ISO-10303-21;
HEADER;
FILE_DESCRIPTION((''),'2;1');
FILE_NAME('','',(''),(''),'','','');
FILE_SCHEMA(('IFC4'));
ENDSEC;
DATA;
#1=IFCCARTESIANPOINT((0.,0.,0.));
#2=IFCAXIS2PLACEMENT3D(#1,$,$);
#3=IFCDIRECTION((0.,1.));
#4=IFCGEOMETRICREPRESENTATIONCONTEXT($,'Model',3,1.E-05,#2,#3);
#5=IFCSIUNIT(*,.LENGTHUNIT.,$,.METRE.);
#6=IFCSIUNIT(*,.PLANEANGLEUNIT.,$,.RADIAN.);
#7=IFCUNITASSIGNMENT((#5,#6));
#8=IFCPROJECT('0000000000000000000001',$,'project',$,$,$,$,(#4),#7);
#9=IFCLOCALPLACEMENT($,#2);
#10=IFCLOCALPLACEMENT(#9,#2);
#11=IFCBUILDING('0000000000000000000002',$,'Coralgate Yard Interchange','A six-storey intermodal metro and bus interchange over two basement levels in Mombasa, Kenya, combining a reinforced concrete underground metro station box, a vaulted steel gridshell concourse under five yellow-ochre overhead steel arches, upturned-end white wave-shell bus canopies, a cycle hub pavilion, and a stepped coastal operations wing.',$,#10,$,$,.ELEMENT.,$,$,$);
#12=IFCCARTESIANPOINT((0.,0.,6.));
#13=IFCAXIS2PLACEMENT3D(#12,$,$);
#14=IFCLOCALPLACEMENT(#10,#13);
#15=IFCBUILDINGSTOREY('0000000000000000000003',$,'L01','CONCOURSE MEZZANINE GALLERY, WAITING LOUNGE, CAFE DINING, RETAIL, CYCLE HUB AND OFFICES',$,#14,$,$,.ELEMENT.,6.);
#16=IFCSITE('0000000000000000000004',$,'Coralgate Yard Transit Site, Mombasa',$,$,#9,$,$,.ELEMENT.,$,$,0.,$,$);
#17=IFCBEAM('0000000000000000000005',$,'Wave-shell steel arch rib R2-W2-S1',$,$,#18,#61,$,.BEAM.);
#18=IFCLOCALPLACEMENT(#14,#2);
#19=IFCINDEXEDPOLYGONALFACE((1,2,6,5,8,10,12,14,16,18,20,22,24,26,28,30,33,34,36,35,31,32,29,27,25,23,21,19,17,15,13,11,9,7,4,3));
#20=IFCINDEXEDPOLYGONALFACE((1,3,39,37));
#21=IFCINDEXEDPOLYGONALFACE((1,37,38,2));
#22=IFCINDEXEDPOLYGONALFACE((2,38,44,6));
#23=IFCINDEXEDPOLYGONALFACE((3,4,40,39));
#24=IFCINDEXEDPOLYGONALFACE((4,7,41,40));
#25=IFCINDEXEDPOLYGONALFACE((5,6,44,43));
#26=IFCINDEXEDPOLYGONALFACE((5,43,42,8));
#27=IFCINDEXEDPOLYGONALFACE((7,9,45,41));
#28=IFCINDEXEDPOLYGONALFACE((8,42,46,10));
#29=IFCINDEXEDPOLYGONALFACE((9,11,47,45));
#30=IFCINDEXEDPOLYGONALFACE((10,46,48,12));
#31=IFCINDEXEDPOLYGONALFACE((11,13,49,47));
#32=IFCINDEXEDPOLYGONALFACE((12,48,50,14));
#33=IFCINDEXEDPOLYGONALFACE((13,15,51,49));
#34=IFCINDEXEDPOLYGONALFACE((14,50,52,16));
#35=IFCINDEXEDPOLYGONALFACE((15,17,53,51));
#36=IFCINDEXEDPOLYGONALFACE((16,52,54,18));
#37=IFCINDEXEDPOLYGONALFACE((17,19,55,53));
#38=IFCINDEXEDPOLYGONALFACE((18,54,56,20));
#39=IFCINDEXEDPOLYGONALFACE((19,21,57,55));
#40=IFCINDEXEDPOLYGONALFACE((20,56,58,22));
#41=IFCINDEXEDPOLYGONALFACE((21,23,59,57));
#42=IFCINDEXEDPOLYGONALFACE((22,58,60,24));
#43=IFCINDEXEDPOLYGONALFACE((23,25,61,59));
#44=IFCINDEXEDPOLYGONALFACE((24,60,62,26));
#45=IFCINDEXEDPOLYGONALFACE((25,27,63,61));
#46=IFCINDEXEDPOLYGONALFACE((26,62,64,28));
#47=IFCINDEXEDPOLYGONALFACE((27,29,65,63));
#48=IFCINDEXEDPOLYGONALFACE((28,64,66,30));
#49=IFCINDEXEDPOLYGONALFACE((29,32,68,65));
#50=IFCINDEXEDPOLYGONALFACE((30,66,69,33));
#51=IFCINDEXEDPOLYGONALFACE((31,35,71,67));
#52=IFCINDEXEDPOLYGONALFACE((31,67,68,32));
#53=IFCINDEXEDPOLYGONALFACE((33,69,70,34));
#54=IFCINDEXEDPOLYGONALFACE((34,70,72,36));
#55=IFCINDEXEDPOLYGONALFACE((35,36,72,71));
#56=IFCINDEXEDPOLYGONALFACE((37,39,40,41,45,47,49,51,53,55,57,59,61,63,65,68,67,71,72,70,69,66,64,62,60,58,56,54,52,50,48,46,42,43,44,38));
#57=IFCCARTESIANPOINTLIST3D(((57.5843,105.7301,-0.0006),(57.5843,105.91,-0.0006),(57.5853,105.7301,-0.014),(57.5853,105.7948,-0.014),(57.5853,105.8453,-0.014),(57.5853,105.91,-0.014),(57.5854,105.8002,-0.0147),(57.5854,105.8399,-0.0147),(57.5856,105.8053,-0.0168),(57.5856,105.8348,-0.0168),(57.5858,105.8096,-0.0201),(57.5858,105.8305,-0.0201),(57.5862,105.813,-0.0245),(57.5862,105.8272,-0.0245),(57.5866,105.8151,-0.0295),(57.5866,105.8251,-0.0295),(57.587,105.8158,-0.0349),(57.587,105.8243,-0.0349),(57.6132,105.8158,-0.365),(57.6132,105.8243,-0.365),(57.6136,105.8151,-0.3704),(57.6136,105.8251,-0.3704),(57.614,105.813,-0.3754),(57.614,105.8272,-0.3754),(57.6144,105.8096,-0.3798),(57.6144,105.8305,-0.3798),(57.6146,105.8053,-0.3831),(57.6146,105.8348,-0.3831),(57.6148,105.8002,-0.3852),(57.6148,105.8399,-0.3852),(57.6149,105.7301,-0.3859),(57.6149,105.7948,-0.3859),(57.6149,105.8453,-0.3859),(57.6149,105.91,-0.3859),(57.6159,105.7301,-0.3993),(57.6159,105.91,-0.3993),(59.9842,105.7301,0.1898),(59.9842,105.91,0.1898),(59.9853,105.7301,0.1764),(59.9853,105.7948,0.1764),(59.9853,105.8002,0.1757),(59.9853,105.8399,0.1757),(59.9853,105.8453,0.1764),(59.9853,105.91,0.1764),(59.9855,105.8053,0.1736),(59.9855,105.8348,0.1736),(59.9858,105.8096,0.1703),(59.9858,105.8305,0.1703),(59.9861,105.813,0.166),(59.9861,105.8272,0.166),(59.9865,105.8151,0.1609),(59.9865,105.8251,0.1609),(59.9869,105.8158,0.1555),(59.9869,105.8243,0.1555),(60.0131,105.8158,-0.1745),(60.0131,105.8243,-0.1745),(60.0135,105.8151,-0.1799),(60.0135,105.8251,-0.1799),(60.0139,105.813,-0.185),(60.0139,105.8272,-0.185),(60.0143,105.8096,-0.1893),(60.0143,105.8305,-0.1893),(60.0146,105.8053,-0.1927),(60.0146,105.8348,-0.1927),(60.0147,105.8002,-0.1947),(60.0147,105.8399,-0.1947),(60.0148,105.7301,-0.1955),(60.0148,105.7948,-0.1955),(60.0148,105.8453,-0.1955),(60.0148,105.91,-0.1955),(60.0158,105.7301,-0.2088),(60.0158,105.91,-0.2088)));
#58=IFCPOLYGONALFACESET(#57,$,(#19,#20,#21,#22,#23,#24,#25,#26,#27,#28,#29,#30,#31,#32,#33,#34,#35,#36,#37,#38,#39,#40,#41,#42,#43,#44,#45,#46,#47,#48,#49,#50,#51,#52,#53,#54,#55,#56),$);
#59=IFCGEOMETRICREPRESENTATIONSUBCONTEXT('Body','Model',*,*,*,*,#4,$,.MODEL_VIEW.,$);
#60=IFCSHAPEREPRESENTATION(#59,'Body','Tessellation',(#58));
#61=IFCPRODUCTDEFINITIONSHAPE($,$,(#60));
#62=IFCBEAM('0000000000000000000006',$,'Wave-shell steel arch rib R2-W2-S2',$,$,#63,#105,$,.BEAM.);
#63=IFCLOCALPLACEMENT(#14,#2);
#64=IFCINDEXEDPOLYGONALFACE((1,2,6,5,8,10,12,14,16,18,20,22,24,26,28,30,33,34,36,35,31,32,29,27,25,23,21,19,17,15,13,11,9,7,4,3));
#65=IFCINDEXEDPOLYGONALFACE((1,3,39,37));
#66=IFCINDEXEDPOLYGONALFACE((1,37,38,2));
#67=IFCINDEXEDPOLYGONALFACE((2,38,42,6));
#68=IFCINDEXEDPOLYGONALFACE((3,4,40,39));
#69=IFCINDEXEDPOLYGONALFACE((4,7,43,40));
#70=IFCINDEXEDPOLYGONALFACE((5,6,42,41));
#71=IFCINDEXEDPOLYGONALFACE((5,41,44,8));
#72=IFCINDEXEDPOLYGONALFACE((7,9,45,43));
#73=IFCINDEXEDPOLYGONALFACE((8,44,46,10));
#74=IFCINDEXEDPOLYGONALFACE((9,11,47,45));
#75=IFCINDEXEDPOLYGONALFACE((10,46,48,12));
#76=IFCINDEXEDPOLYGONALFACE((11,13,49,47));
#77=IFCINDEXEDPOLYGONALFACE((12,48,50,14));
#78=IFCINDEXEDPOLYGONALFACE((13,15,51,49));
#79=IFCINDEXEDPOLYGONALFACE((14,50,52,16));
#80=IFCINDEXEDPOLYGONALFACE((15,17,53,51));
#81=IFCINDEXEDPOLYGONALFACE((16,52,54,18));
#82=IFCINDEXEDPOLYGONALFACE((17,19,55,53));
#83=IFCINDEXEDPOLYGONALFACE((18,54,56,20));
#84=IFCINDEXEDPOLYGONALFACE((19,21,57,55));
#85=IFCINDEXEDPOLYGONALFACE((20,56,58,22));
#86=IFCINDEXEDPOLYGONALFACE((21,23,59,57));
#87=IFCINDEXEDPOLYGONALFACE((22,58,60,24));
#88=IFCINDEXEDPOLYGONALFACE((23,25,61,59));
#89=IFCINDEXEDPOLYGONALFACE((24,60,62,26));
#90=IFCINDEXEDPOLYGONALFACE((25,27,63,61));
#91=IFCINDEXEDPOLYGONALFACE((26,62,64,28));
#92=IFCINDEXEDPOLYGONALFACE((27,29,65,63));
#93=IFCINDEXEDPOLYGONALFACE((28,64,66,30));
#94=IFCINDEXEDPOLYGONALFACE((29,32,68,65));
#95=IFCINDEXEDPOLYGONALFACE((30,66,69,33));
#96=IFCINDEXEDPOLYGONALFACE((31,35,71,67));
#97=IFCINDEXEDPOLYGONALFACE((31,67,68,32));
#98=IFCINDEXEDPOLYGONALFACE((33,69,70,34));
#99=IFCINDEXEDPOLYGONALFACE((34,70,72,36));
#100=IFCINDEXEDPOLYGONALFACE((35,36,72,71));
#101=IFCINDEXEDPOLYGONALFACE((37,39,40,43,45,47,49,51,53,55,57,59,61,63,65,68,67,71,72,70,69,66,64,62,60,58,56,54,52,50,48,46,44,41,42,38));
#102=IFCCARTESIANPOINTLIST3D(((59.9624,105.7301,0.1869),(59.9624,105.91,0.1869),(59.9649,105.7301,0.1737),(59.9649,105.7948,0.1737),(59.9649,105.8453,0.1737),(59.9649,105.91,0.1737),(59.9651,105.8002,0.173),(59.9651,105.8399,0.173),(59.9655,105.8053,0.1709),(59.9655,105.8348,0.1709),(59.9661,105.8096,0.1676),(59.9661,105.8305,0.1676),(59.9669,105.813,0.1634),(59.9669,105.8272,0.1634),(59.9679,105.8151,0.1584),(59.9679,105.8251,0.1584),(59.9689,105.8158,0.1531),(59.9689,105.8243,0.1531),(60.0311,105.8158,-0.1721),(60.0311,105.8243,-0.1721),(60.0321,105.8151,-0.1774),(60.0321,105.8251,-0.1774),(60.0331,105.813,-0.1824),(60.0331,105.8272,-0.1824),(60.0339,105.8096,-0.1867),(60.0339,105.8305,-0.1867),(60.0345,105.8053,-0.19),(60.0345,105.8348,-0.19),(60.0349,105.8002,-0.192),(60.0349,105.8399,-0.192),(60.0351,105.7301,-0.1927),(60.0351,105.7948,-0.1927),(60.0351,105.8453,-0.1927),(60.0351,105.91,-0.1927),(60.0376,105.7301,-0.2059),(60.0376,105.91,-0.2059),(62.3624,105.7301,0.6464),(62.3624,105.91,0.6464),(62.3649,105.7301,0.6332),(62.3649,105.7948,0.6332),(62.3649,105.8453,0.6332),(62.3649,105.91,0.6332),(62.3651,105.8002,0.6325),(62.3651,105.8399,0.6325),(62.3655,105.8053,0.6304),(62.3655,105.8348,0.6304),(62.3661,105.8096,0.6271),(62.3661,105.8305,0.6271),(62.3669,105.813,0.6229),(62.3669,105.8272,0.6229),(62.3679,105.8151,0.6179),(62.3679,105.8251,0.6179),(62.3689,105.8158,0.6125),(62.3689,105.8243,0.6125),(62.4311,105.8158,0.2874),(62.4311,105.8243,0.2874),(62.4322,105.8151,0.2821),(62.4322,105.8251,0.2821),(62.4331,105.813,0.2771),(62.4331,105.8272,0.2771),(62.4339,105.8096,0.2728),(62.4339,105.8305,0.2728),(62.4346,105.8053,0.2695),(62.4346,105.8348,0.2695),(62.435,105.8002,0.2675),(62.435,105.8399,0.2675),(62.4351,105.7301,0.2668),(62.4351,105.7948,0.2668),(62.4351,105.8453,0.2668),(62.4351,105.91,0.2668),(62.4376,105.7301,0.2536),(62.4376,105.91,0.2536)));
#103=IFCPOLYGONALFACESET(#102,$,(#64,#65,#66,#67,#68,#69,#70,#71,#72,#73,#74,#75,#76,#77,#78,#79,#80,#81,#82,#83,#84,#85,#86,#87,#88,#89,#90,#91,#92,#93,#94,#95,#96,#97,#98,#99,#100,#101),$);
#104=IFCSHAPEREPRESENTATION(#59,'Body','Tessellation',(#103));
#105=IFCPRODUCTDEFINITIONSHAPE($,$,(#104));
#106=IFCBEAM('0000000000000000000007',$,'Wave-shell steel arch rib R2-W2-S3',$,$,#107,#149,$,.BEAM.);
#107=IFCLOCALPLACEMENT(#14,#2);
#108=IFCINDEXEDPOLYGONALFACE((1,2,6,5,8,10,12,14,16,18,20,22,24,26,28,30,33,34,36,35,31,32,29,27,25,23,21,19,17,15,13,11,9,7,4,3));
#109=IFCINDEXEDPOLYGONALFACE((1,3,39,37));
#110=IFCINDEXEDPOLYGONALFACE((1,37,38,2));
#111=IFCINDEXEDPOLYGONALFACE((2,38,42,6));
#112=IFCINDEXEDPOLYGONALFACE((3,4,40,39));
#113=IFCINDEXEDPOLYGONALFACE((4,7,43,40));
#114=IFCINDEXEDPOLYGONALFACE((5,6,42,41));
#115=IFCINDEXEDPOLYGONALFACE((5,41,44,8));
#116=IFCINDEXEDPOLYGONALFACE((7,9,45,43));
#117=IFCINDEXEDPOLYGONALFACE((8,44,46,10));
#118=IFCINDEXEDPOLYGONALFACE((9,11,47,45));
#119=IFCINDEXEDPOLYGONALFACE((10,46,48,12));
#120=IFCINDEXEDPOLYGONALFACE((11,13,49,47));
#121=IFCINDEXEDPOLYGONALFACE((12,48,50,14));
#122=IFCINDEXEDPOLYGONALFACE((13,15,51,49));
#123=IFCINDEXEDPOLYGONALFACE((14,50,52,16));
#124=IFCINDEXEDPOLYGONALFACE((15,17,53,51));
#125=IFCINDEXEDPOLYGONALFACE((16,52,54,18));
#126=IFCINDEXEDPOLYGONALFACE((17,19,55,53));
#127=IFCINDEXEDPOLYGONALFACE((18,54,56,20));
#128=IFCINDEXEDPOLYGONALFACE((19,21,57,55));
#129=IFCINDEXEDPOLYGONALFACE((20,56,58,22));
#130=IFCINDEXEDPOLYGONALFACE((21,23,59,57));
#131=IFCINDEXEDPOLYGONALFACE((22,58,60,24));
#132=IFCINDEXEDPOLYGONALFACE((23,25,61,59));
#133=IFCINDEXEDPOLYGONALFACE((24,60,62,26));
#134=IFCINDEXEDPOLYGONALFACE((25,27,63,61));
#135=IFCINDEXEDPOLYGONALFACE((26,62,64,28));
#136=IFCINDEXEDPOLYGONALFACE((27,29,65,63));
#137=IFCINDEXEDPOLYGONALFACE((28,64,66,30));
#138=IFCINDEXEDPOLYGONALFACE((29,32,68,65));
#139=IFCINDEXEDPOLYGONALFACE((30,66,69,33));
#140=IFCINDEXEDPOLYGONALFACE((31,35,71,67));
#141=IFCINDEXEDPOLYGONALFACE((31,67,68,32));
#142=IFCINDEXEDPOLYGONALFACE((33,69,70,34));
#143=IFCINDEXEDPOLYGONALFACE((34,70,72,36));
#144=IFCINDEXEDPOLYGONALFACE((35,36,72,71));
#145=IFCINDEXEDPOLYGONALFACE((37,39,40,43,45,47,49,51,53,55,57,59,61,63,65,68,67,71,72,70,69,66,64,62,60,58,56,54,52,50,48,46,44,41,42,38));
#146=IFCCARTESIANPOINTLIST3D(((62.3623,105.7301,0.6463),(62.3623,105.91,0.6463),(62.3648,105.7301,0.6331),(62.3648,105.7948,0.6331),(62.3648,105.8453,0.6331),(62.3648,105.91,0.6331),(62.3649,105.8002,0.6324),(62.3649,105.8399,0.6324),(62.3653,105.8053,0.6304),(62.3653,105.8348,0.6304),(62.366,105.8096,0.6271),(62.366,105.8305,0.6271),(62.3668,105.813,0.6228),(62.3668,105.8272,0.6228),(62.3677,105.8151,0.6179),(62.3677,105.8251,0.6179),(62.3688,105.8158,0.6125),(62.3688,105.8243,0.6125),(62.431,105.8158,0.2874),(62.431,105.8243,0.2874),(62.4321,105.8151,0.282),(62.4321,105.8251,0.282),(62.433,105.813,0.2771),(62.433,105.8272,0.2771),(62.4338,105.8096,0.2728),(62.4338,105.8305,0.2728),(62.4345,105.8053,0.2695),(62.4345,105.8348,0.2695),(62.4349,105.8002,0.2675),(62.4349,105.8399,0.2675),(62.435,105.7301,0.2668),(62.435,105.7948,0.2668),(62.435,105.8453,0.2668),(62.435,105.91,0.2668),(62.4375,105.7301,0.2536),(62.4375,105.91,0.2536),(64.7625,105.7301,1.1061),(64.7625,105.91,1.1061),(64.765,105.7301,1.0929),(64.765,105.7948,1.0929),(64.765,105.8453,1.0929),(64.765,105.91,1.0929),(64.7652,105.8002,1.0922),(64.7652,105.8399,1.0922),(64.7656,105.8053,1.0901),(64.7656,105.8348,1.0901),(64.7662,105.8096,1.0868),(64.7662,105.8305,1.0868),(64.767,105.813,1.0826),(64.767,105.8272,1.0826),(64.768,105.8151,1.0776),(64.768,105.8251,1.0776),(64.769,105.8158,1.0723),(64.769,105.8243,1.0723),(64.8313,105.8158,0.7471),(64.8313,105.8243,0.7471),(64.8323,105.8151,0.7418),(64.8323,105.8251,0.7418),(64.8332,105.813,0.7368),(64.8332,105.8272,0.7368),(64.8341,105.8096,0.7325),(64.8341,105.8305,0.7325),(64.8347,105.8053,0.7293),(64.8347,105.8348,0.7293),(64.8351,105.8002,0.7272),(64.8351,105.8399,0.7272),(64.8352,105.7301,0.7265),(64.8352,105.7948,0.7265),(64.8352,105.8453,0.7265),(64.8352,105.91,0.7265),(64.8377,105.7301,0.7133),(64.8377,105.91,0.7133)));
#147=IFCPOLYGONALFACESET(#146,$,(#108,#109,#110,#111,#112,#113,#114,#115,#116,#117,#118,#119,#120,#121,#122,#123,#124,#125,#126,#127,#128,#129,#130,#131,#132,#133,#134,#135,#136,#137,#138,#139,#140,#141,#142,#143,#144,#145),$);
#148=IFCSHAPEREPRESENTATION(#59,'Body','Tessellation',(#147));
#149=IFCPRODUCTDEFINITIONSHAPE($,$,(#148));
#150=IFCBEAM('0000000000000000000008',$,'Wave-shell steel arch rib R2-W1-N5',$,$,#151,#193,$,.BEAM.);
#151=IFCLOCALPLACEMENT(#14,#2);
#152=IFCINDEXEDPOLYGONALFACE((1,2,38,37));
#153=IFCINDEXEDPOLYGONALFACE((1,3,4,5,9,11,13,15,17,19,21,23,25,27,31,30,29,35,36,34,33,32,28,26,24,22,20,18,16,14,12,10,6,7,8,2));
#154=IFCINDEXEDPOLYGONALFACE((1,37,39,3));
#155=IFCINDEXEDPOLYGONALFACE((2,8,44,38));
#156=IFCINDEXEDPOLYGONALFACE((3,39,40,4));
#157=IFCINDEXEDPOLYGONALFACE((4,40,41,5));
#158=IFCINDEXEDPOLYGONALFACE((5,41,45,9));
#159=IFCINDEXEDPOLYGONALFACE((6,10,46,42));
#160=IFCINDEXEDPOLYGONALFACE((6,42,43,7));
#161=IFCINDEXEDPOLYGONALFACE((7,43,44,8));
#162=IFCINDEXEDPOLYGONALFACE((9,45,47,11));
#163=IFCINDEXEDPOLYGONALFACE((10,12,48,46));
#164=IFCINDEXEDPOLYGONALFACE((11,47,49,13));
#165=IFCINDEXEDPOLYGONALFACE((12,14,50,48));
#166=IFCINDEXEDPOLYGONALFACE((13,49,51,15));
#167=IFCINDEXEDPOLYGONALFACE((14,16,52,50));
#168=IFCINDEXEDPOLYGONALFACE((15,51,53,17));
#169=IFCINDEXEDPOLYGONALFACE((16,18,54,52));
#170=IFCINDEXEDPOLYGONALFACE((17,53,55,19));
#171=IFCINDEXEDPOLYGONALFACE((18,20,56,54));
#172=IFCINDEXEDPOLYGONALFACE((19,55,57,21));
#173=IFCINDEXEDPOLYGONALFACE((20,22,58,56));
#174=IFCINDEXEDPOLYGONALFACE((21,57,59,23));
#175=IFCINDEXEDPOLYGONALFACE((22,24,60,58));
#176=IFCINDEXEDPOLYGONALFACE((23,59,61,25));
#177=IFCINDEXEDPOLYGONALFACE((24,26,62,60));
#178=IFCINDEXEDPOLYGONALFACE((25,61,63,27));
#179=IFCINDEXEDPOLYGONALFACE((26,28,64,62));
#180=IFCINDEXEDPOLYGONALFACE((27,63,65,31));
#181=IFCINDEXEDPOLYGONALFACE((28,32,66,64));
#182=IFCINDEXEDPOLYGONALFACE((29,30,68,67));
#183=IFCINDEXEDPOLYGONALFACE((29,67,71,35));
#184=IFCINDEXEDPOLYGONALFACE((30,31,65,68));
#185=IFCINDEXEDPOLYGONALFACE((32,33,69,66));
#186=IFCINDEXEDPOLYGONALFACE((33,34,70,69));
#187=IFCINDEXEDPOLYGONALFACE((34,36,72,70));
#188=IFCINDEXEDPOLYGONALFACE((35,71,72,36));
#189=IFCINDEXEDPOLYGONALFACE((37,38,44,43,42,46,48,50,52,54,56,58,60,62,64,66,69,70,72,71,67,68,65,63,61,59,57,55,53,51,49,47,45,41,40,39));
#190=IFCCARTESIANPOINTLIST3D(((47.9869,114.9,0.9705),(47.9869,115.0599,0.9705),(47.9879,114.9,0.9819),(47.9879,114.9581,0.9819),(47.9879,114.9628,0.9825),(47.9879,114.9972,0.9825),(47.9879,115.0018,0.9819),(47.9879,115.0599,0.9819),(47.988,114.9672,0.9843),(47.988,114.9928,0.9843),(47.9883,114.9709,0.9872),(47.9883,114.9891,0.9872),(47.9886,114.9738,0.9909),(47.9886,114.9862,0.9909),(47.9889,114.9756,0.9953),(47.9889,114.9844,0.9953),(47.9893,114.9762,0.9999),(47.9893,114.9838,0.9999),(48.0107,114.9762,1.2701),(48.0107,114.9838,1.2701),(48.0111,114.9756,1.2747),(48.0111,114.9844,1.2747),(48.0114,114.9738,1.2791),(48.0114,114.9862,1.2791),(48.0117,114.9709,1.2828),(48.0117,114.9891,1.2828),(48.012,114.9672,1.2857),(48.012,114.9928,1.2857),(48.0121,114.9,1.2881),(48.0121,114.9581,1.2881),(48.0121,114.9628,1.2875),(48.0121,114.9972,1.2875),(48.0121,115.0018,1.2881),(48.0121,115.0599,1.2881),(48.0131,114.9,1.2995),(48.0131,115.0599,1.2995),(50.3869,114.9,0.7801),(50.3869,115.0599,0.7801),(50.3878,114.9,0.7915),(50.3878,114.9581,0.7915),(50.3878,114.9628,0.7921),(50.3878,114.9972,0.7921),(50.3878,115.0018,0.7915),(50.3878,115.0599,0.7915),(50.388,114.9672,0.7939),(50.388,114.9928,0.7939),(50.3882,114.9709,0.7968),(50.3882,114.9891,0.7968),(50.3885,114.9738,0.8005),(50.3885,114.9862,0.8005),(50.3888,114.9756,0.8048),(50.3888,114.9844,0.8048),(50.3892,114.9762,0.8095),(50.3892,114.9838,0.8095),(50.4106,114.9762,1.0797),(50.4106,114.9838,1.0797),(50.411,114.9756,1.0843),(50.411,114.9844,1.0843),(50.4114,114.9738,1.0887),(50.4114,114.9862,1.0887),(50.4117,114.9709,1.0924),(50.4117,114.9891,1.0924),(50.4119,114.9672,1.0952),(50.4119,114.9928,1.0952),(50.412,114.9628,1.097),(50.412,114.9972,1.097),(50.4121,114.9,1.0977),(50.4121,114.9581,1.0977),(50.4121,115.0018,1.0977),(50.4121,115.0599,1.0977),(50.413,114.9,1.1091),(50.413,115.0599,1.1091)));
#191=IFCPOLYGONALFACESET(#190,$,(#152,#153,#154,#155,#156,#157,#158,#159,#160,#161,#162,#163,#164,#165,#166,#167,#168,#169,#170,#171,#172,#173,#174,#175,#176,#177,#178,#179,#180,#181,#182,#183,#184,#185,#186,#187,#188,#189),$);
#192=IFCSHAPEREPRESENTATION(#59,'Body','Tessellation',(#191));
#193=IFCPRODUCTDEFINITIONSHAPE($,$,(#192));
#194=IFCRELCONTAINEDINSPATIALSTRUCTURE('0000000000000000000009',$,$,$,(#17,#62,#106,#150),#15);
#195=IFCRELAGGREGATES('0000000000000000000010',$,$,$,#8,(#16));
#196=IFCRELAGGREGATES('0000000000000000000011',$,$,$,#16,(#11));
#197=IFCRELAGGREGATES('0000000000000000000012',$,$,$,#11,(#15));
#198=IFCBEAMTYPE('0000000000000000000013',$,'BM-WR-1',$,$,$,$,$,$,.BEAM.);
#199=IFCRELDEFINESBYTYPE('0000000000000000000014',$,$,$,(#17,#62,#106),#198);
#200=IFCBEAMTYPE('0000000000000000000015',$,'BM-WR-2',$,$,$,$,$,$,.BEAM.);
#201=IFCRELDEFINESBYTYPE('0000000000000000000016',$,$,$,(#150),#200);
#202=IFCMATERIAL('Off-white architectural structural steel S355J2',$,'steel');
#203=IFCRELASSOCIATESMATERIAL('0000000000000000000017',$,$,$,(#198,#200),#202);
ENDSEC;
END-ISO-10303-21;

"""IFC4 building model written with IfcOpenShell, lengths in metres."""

from ifc_helpers import new_model, si_unit, direction, frame, origin, origin_2d, place, context, subcontext, project, spatial, i_section, extrude, material, material_profile, profile_set, type_object, element, save


model = new_model("IFC4")

# Units and contexts
model_context = context("Model", 3, precision=1e-05, world=origin(), true_north=direction((0.0, 1.0)))
body_context = subcontext(model_context, "Body", "Model", "MODEL_VIEW")
ifc_project = project(units=[si_unit("LENGTHUNIT", "METRE"), si_unit("PLANEANGLEUNIT", "RADIAN")], contexts=[model_context])

# Site, building, storey
site_placement = place(None, origin())
site = spatial("IfcSite", under=ifc_project, at=site_placement, Name="Coralgate Yard Transit Site, Mombasa", CompositionType="ELEMENT", RefElevation=0.0)
building_placement = place(site_placement, origin())
building = spatial("IfcBuilding", under=site, at=building_placement, Name="Coralgate Yard Interchange", Description="A six-storey intermodal metro and bus interchange over two basement levels in Mombasa, Kenya, combining a reinforced concrete underground metro station box, a vaulted steel gridshell concourse under five yellow-ochre overhead steel arches, upturned-end white wave-shell bus canopies, a cycle hub pavilion, and a stepped coastal operations wing.", CompositionType="ELEMENT")
storey_placement = place(building_placement, frame((0.0, 0.0, 6.0)))
storey = spatial("IfcBuildingStorey", under=building, at=storey_placement, Name="L01", Description="CONCOURSE MEZZANINE GALLERY, WAITING LOUNGE, CAFE DINING, RETAIL, CYCLE HUB AND OFFICES", CompositionType="ELEMENT", Elevation=6.0)

# Beams
ifc_material_1 = material(Name="Off-white architectural structural steel S355J2", Category="steel")
ifc_material_profile_1 = material_profile(ifc_material_1, i_section(OverallWidth=0.1799, OverallDepth=0.3999, WebThickness=0.0085, FlangeThickness=0.0134, FilletRadius=0.021, at=origin_2d()), Name="IPE 400")
ifc_profile_set_1 = profile_set([ifc_material_profile_1], Name="Off-white architectural structural steel S355J2")
beam_type_1 = type_object("IfcBeamType", Name="BM-WR-1", PredefinedType="BEAM", material=ifc_profile_set_1)
beam_1_placement = place(storey_placement, frame((57.6001, 105.8201, -0.2), z_axis=(0.996867, 0.0, 0.0791), x_axis=(0.0, 1.0, 0.0)))
element("IfcBeam", 1, at=beam_1_placement, inside=storey, type_object=beam_type_1, Name="Wave-shell steel arch rib R2-W2-S1", PredefinedType="BEAM", context=body_context, shape_type="SweptSolid", body=[
    extrude(i_section(OverallWidth=0.1799, OverallDepth=0.3999, WebThickness=0.0085, FlangeThickness=0.0134, FilletRadius=0.021, at=origin_2d()), origin(), (0.0, 0.0, 1.0), 2.4075),
])
beam_2_placement = place(storey_placement, frame((60.0, 105.8201, -0.0095), z_axis=(0.982161, 0.0, 0.188039), x_axis=(0.0, 1.0, 0.0)))
element("IfcBeam", 2, at=beam_2_placement, inside=storey, type_object=beam_type_1, Name="Wave-shell steel arch rib R2-W2-S2", PredefinedType="BEAM", context=body_context, shape_type="SweptSolid", body=[
    extrude(i_section(OverallWidth=0.1799, OverallDepth=0.3999, WebThickness=0.0085, FlangeThickness=0.0134, FilletRadius=0.021, at=origin_2d()), origin(), (0.0, 0.0, 1.0), 2.4436),
])
beam_3_placement = place(storey_placement, frame((62.3999, 105.8201, 0.45), z_axis=(0.982147, 0.0, 0.188117), x_axis=(0.0, 1.0, 0.0)))
element("IfcBeam", 3, at=beam_3_placement, inside=storey, type_object=beam_type_1, Name="Wave-shell steel arch rib R2-W2-S3", PredefinedType="BEAM", context=body_context, shape_type="SweptSolid", body=[
    extrude(i_section(OverallWidth=0.1799, OverallDepth=0.3999, WebThickness=0.0085, FlangeThickness=0.0134, FilletRadius=0.021, at=origin_2d()), origin(), (0.0, 0.0, 1.0), 2.4438),
])
ifc_material_profile_2 = material_profile(ifc_material_1, i_section(OverallWidth=0.1599, OverallDepth=0.3301, WebThickness=0.0076, FlangeThickness=0.0115, FilletRadius=0.0181, at=origin_2d()), Name="IPE 330")
ifc_profile_set_2 = profile_set([ifc_material_profile_2], Name="Off-white architectural structural steel S355J2")
beam_type_2 = type_object("IfcBeamType", Name="BM-WR-2", PredefinedType="BEAM", material=ifc_profile_set_2)
beam_4_placement = place(storey_placement, frame((48.0, 114.98, 1.135), z_axis=(0.996867, 0.0, -0.0791), x_axis=(0.0, 1.0, 0.0)))
element("IfcBeam", 4, at=beam_4_placement, inside=storey, type_object=beam_type_2, Name="Wave-shell steel arch rib R2-W1-N5", PredefinedType="BEAM", context=body_context, shape_type="SweptSolid", body=[
    extrude(i_section(OverallWidth=0.1599, OverallDepth=0.3301, WebThickness=0.0076, FlangeThickness=0.0115, FilletRadius=0.0181, at=origin_2d()), origin(), (0.0, 0.0, 1.0), 2.4075),
])

save(model, "model.ifc")
